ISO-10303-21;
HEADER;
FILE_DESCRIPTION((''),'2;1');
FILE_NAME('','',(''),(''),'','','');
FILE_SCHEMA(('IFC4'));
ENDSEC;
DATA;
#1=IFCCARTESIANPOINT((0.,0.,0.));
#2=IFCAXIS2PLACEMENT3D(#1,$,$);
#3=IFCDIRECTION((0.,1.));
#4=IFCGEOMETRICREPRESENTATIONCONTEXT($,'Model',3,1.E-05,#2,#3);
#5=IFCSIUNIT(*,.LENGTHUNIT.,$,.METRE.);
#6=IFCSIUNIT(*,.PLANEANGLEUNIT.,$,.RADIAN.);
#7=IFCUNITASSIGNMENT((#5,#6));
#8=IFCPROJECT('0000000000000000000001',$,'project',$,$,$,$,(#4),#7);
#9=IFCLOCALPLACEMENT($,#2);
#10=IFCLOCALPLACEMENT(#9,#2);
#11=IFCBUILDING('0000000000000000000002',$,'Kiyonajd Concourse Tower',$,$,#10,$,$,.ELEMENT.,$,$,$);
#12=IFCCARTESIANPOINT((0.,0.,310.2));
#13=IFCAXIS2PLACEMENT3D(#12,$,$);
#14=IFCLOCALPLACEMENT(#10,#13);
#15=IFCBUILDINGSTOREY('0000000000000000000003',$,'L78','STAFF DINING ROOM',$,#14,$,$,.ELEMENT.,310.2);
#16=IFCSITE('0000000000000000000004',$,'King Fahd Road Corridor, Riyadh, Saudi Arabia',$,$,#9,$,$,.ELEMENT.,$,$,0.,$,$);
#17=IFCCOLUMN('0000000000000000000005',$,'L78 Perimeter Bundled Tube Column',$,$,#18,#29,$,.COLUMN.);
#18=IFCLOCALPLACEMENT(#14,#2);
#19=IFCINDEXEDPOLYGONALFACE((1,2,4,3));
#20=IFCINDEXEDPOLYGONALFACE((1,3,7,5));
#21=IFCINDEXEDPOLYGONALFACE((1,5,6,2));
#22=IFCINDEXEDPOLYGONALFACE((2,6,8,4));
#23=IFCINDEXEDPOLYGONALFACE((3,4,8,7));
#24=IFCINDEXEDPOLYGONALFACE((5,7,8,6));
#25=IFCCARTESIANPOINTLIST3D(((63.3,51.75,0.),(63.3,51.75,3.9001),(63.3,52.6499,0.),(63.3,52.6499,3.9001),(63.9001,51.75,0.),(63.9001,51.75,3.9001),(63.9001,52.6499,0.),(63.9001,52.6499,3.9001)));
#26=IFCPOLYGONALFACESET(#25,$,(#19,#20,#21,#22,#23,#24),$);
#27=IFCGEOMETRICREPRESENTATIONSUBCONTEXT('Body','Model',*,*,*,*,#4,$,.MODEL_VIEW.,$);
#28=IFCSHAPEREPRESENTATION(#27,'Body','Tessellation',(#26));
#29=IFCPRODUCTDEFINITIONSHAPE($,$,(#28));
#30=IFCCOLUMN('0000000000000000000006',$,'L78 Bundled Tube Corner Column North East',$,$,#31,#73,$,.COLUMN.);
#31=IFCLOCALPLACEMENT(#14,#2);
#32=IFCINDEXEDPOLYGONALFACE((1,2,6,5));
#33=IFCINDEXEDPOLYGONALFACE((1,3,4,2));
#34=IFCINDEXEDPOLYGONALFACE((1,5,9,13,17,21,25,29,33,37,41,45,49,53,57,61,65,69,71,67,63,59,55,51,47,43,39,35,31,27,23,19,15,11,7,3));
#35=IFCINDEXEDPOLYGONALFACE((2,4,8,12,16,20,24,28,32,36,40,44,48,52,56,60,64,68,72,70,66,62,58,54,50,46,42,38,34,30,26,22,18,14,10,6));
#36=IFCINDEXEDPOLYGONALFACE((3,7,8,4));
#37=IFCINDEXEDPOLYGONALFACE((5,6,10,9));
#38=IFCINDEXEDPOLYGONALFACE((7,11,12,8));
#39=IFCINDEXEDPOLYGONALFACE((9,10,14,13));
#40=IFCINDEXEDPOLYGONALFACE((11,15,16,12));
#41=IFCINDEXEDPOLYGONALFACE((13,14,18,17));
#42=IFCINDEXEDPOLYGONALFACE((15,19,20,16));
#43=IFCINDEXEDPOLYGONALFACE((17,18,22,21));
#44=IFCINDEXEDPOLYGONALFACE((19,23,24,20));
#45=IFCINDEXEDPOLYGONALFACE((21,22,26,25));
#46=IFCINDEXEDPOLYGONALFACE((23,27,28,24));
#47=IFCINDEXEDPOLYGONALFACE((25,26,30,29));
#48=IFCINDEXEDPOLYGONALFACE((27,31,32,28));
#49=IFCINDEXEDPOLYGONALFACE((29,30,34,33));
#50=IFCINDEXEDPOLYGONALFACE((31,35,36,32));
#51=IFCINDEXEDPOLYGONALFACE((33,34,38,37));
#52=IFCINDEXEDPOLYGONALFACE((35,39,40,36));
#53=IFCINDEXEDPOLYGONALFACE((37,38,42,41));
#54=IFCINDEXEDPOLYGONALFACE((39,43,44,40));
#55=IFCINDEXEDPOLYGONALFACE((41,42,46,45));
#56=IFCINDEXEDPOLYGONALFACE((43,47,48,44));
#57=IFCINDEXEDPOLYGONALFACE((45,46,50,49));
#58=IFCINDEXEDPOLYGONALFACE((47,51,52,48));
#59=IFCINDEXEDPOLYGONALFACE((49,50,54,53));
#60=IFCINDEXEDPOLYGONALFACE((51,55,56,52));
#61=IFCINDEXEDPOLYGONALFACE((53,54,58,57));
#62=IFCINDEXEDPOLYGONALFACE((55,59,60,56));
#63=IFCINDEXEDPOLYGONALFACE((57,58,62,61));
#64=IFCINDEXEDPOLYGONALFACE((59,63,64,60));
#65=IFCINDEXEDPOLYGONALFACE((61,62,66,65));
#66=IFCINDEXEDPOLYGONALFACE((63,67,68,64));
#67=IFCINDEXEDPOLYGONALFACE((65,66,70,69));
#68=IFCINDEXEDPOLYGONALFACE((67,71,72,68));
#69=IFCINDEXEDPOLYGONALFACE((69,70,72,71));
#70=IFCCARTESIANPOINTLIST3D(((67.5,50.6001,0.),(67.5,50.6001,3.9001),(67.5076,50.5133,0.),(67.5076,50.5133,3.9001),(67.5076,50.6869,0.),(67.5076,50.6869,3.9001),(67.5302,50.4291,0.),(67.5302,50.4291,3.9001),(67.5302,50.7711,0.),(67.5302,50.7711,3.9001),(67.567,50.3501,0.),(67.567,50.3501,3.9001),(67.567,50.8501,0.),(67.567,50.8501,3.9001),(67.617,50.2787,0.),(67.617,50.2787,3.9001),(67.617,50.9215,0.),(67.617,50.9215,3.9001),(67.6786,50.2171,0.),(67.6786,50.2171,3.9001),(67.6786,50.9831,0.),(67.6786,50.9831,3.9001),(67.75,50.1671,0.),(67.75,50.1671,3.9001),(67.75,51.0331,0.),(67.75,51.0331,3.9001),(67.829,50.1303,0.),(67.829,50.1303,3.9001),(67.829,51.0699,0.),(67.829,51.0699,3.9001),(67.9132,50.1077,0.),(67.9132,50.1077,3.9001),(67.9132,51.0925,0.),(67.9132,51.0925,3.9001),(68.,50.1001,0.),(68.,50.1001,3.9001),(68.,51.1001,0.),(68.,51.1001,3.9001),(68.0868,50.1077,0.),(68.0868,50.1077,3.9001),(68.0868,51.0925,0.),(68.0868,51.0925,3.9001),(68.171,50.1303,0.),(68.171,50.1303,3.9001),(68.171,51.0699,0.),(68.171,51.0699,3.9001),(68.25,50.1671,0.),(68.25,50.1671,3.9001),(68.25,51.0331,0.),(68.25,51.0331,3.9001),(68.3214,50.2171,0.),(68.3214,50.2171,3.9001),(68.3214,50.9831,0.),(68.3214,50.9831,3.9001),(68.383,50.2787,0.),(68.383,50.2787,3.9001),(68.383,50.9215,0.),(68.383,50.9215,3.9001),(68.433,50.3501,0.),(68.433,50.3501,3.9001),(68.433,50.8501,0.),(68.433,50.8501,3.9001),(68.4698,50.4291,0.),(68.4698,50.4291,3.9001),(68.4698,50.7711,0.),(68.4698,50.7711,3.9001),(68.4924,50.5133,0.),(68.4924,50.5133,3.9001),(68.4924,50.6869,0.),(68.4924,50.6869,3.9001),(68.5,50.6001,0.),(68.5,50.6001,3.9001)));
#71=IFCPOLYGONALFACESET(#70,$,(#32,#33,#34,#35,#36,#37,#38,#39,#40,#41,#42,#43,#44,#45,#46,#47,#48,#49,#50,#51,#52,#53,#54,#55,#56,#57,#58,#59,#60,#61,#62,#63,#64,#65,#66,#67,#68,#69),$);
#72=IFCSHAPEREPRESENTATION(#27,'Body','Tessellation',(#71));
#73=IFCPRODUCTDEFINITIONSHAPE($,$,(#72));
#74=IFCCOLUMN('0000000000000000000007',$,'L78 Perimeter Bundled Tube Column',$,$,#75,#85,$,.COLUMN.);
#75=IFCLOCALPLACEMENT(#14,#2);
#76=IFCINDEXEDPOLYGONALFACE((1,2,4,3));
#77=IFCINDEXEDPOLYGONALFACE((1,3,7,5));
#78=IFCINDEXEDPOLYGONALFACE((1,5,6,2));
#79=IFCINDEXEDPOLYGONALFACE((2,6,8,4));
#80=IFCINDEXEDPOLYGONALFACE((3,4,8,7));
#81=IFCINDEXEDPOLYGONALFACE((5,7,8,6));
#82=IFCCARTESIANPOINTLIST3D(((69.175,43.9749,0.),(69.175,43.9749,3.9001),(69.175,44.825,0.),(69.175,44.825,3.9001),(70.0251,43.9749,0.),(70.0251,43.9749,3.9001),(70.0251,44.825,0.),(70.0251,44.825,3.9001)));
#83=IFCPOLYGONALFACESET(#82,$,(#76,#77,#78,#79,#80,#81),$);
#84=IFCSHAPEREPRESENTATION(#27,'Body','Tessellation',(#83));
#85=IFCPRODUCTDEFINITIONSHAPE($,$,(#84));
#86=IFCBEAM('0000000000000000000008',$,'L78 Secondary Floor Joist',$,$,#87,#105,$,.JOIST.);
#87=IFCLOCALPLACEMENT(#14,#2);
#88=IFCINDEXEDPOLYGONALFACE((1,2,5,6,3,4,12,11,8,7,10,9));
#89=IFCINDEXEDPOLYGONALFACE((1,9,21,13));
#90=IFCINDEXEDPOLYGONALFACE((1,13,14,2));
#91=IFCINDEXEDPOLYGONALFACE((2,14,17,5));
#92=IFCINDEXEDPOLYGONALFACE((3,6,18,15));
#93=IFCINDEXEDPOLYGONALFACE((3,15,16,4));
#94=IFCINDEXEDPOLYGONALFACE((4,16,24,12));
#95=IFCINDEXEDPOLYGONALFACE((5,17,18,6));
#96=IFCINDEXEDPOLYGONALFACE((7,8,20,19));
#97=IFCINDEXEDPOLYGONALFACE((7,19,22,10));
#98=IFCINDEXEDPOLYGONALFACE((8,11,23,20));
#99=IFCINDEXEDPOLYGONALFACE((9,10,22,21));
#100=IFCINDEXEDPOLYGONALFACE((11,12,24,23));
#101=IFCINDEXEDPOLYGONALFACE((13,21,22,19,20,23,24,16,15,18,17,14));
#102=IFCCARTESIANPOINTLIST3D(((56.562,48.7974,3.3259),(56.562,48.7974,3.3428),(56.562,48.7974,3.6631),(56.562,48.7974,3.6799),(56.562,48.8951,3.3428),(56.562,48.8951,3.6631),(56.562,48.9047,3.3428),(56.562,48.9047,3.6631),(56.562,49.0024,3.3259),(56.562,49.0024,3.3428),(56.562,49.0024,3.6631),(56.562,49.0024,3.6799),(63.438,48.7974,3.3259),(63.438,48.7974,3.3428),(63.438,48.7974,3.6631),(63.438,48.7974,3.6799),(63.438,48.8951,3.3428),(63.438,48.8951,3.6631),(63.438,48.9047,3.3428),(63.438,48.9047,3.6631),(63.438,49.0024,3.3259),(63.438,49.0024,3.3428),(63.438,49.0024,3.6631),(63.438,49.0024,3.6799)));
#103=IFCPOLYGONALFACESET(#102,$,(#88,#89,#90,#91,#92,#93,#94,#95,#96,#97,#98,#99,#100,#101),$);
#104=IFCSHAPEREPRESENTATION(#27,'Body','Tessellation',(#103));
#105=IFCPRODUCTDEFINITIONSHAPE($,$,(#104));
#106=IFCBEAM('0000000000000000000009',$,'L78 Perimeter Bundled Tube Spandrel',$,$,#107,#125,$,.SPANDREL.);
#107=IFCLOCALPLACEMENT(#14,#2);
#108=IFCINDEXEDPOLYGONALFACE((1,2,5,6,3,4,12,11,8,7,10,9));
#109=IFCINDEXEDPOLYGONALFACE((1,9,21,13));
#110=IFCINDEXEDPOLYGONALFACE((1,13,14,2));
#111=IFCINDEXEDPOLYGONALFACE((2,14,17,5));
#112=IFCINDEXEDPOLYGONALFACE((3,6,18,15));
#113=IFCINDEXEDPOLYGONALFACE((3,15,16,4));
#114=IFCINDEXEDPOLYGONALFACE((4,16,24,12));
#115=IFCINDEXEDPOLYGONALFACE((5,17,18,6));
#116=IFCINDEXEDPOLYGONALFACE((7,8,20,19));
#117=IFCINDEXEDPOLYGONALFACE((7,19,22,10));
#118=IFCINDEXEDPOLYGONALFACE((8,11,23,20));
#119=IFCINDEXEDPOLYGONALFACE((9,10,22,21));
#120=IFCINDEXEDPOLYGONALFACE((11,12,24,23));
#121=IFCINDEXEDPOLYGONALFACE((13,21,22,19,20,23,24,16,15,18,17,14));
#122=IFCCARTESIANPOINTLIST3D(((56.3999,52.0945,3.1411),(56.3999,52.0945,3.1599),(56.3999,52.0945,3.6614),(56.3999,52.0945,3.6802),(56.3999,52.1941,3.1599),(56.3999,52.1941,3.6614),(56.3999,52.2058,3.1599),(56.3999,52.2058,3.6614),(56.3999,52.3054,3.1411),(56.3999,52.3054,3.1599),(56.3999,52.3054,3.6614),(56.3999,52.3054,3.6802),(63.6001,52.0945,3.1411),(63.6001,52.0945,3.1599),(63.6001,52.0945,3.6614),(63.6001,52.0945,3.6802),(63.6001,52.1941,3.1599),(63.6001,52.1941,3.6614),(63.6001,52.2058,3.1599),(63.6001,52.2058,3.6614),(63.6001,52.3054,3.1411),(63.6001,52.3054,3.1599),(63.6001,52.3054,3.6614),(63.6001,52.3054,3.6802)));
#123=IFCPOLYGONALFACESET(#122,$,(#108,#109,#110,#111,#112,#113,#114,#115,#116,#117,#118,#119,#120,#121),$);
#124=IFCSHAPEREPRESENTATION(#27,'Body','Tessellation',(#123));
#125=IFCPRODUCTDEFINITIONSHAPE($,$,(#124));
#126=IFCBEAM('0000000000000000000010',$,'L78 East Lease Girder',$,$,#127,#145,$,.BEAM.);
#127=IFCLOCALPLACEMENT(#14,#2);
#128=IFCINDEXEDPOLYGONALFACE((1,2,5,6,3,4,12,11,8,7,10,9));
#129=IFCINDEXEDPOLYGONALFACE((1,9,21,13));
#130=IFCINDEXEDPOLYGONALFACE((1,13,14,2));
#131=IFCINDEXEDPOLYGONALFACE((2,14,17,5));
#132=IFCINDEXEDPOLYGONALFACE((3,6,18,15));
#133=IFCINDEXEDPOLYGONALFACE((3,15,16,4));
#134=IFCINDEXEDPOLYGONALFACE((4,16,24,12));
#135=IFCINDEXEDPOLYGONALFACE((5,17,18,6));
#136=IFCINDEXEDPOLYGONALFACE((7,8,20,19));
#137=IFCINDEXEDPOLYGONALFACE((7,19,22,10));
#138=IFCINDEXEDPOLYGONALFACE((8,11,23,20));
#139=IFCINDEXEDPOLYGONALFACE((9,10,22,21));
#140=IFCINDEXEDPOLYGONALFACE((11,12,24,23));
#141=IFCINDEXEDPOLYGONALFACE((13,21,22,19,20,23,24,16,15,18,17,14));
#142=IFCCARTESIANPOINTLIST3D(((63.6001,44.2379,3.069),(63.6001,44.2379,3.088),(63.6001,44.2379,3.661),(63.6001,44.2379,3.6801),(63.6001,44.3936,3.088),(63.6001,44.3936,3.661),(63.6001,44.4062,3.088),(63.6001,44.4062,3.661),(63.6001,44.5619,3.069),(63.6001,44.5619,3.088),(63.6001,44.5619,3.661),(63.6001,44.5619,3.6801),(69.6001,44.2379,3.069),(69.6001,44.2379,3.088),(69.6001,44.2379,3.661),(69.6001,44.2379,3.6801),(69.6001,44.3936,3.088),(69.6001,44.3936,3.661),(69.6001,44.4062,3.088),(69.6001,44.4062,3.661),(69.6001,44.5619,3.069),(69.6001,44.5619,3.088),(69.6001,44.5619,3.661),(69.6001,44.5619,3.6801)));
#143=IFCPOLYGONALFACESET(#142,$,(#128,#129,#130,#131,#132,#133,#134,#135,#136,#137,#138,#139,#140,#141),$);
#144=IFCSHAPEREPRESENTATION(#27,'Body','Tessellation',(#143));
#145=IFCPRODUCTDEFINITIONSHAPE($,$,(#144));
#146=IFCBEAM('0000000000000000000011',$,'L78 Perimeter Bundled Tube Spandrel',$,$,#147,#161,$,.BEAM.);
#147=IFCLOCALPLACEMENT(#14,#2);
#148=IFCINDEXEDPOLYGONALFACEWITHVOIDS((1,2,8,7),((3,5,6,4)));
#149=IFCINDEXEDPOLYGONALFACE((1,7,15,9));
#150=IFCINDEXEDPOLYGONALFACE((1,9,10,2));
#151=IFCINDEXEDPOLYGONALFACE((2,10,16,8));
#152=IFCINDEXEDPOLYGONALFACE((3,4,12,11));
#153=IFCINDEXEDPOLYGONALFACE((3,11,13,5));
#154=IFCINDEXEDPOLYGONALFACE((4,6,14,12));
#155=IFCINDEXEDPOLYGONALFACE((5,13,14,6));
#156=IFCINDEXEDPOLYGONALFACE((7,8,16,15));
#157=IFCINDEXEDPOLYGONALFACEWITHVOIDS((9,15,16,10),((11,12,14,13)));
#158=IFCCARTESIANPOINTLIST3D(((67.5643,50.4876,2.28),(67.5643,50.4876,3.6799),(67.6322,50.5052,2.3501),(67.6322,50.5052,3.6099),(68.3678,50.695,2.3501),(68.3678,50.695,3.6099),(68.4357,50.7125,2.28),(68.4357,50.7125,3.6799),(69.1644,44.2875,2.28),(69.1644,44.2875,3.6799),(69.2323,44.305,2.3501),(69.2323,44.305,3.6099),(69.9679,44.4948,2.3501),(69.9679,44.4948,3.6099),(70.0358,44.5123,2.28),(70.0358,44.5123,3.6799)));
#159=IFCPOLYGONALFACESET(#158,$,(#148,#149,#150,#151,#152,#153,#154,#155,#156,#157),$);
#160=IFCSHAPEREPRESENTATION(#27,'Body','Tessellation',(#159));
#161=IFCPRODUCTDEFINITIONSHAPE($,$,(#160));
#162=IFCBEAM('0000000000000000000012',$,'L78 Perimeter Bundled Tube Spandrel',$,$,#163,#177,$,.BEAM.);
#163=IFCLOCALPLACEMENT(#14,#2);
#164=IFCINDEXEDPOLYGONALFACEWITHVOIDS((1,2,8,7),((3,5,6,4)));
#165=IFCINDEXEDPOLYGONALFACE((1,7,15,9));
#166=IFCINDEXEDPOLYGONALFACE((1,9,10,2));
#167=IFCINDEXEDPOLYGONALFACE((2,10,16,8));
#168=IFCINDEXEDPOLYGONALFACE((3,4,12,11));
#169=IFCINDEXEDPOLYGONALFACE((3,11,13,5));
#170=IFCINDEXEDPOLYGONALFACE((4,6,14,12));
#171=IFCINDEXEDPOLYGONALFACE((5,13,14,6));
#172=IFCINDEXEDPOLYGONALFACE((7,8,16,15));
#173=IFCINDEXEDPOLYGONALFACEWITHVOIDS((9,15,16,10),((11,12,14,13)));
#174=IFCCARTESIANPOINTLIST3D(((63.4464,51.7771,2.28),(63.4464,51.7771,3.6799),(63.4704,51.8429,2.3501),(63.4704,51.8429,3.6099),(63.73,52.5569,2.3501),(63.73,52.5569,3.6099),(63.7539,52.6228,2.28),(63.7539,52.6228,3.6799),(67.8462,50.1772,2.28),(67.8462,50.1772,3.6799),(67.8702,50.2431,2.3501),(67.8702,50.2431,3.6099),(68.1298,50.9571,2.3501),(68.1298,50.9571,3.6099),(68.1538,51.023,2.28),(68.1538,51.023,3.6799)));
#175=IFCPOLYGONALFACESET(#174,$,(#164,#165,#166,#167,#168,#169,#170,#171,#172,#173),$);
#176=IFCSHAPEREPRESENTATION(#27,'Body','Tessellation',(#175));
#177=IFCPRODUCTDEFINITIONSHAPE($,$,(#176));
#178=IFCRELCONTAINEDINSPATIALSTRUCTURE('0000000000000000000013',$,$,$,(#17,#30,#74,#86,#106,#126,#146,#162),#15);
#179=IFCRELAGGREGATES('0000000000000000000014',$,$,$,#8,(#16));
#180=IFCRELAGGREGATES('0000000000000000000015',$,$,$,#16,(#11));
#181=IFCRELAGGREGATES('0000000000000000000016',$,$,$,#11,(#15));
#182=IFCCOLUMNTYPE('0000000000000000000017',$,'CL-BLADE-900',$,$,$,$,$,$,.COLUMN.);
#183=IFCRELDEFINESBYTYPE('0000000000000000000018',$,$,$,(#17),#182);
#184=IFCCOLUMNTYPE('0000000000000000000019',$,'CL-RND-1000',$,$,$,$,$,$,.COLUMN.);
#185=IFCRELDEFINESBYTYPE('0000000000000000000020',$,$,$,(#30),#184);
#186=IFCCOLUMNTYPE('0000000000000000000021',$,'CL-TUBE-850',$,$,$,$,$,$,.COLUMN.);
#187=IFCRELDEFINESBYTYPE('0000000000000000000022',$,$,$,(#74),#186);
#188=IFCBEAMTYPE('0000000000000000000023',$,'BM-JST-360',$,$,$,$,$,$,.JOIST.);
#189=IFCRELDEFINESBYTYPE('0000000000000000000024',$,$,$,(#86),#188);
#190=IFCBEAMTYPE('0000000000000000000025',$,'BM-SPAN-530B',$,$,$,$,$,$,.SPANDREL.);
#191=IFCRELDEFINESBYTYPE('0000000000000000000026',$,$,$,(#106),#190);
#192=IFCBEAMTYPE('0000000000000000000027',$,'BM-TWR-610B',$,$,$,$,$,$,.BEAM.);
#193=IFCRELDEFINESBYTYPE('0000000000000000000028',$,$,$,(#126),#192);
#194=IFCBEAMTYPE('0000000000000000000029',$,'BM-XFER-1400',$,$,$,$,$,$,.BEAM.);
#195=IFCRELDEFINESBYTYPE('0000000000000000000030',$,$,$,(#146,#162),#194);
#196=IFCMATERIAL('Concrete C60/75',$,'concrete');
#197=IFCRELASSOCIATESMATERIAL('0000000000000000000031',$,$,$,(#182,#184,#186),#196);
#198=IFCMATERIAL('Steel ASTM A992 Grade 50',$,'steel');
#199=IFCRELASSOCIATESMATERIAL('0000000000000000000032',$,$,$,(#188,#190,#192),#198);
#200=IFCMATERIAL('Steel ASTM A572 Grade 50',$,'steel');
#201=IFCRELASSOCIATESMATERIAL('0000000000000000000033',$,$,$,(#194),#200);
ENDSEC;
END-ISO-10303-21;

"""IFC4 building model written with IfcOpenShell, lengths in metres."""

from ifc_helpers import new_model, si_unit, direction, frame, origin, origin_2d, place, context, subcontext, project, spatial, rectangle, hollow_rectangle, circle, i_section, extrude, material, material_profile, profile_set, type_object, element, save


model = new_model("IFC4")

# Units and contexts
model_context = context("Model", 3, precision=1e-05, world=origin(), true_north=direction((0.0, 1.0)))
body_context = subcontext(model_context, "Body", "Model", "MODEL_VIEW")
ifc_project = project(units=[si_unit("LENGTHUNIT", "METRE"), si_unit("PLANEANGLEUNIT", "RADIAN")], contexts=[model_context])

# Site, building, storey
site_placement = place(None, origin())
site = spatial("IfcSite", under=ifc_project, at=site_placement, Name="King Fahd Road Corridor, Riyadh, Saudi Arabia", CompositionType="ELEMENT", RefElevation=0.0)
building_placement = place(site_placement, origin())
building = spatial("IfcBuilding", under=site, at=building_placement, Name="Kiyonajd Concourse Tower", CompositionType="ELEMENT")
storey_placement = place(building_placement, frame((0.0, 0.0, 310.2)))
storey = spatial("IfcBuildingStorey", under=building, at=storey_placement, Name="L78", Description="STAFF DINING ROOM", CompositionType="ELEMENT", Elevation=310.2)

# Columns
ifc_material_1 = material(Name="Concrete C60/75", Category="concrete")
ifc_material_profile_1 = material_profile(ifc_material_1, rectangle(XDim=0.6001, YDim=0.8999, at=origin_2d()), Name="RC-900x600")
ifc_profile_set_1 = profile_set([ifc_material_profile_1], Name="Concrete C60/75")
column_type_1 = type_object("IfcColumnType", Name="CL-BLADE-900", PredefinedType="COLUMN", material=ifc_profile_set_1)
column_1_placement = place(storey_placement, frame((63.6001, 52.2, 0.0), z_axis=(0.0, 0.0, 1.0), x_axis=(1.0, 0.0, 0.0)))
element("IfcColumn", 1, at=column_1_placement, inside=storey, type_object=column_type_1, Name="L78 Perimeter Bundled Tube Column", PredefinedType="COLUMN", context=body_context, shape_type="SweptSolid", body=[
    extrude(rectangle(XDim=0.6001, YDim=0.8999, at=origin_2d()), origin(), (0.0, 0.0, 1.0), 3.9001),
])
ifc_material_profile_2 = material_profile(ifc_material_1, circle(Radius=0.5, at=origin_2d()), Name="RCC-D1000")
ifc_profile_set_2 = profile_set([ifc_material_profile_2], Name="Concrete C60/75")
column_type_2 = type_object("IfcColumnType", Name="CL-RND-1000", PredefinedType="COLUMN", material=ifc_profile_set_2)
column_2_placement = place(storey_placement, frame((68.0, 50.6001, 0.0), z_axis=(0.0, 0.0, 1.0), x_axis=(1.0, 0.0, 0.0)))
element("IfcColumn", 2, at=column_2_placement, inside=storey, type_object=column_type_2, Name="L78 Bundled Tube Corner Column North East", PredefinedType="COLUMN", context=body_context, shape_type="SweptSolid", body=[
    extrude(circle(Radius=0.5, at=origin_2d()), origin(), (0.0, 0.0, 1.0), 3.9001),
])
ifc_material_profile_3 = material_profile(ifc_material_1, rectangle(XDim=0.8501, YDim=0.8501, at=origin_2d()), Name="RC-850x850")
ifc_profile_set_3 = profile_set([ifc_material_profile_3], Name="Concrete C60/75")
column_type_3 = type_object("IfcColumnType", Name="CL-TUBE-850", PredefinedType="COLUMN", material=ifc_profile_set_3)
column_3_placement = place(storey_placement, frame((69.6001, 44.3999, 0.0), z_axis=(0.0, 0.0, 1.0), x_axis=(1.0, 0.0, 0.0)))
element("IfcColumn", 3, at=column_3_placement, inside=storey, type_object=column_type_3, Name="L78 Perimeter Bundled Tube Column", PredefinedType="COLUMN", context=body_context, shape_type="SweptSolid", body=[
    extrude(rectangle(XDim=0.8501, YDim=0.8501, at=origin_2d()), origin(), (0.0, 0.0, 1.0), 3.9001),
])

# Beams
ifc_material_2 = material(Name="Steel ASTM A992 Grade 50", Category="steel")
ifc_material_profile_4 = material_profile(ifc_material_2, i_section(OverallWidth=0.2051, OverallDepth=0.354, WebThickness=0.0095, FlangeThickness=0.0168, at=origin_2d()), Name="W360X79")
ifc_profile_set_4 = profile_set([ifc_material_profile_4], Name="Steel ASTM A992 Grade 50")
beam_type_1 = type_object("IfcBeamType", Name="BM-JST-360", PredefinedType="JOIST", material=ifc_profile_set_4)
beam_1_placement = place(storey_placement, frame((56.562, 48.8999, 3.5029), z_axis=(1.0, 0.0, 0.0), x_axis=(0.0, 1.0, 0.0)))
element("IfcBeam", 4, at=beam_1_placement, inside=storey, type_object=beam_type_1, Name="L78 Secondary Floor Joist", PredefinedType="JOIST", context=body_context, shape_type="SweptSolid", body=[
    extrude(i_section(OverallWidth=0.2051, OverallDepth=0.354, WebThickness=0.0095, FlangeThickness=0.0168, at=origin_2d()), origin(), (0.0, 0.0, 1.0), 6.876),
])
ifc_material_profile_5 = material_profile(ifc_material_2, i_section(OverallWidth=0.2109, OverallDepth=0.5391, WebThickness=0.0117, FlangeThickness=0.0188, at=origin_2d()), Name="W530X109")
ifc_profile_set_5 = profile_set([ifc_material_profile_5], Name="Steel ASTM A992 Grade 50")
beam_type_2 = type_object("IfcBeamType", Name="BM-SPAN-530B", PredefinedType="SPANDREL", material=ifc_profile_set_5)
beam_2_placement = place(storey_placement, frame((63.6001, 52.2, 3.4106), z_axis=(-1.0, 0.0, 0.0), x_axis=(0.0, -1.0, 0.0)))
element("IfcBeam", 5, at=beam_2_placement, inside=storey, type_object=beam_type_2, Name="L78 Perimeter Bundled Tube Spandrel", PredefinedType="SPANDREL", context=body_context, shape_type="SweptSolid", body=[
    extrude(i_section(OverallWidth=0.2109, OverallDepth=0.5391, WebThickness=0.0117, FlangeThickness=0.0188, at=origin_2d()), origin(), (0.0, 0.0, 1.0), 7.2002),
])
ifc_material_profile_6 = material_profile(ifc_material_2, i_section(OverallWidth=0.324, OverallDepth=0.6111, WebThickness=0.0127, FlangeThickness=0.019, at=origin_2d()), Name="W610X155")
ifc_profile_set_6 = profile_set([ifc_material_profile_6], Name="Steel ASTM A992 Grade 50")
beam_type_3 = type_object("IfcBeamType", Name="BM-TWR-610B", PredefinedType="BEAM", material=ifc_profile_set_6)
beam_3_placement = place(storey_placement, frame((63.6001, 44.3999, 3.3745), z_axis=(1.0, 0.0, 0.0), x_axis=(0.0, 1.0, 0.0)))
element("IfcBeam", 6, at=beam_3_placement, inside=storey, type_object=beam_type_3, Name="L78 East Lease Girder", PredefinedType="BEAM", context=body_context, shape_type="SweptSolid", body=[
    extrude(i_section(OverallWidth=0.324, OverallDepth=0.6111, WebThickness=0.0127, FlangeThickness=0.019, at=origin_2d()), origin(), (0.0, 0.0, 1.0), 6.0),
])
ifc_material_3 = material(Name="Steel ASTM A572 Grade 50", Category="steel")
ifc_material_profile_7 = material_profile(ifc_material_3, hollow_rectangle(XDim=0.8999, YDim=1.3999, WallThickness=0.0701, at=origin_2d()), Name="BOX-1400x900x70")
ifc_profile_set_7 = profile_set([ifc_material_profile_7], Name="Steel ASTM A572 Grade 50")
beam_type_4 = type_object("IfcBeamType", Name="BM-XFER-1400", PredefinedType="BEAM", material=ifc_profile_set_7)
beam_4_placement = place(storey_placement, frame((69.6001, 44.3999, 2.98), z_axis=(-0.249885, 0.968276, 0.0), x_axis=(-0.968276, -0.249885, 0.0)))
element("IfcBeam", 7, at=beam_4_placement, inside=storey, type_object=beam_type_4, Name="L78 Perimeter Bundled Tube Spandrel", PredefinedType="BEAM", context=body_context, shape_type="SweptSolid", body=[
    extrude(hollow_rectangle(XDim=0.8999, YDim=1.3999, WallThickness=0.0701, at=origin_2d()), origin(), (0.0, 0.0, 1.0), 6.4033),
])
beam_5_placement = place(storey_placement, frame((68.0, 50.6001, 2.98), z_axis=(-0.939801, 0.341722, 0.0), x_axis=(-0.341722, -0.939801, 0.0)))
element("IfcBeam", 8, at=beam_5_placement, inside=storey, type_object=beam_type_4, Name="L78 Perimeter Bundled Tube Spandrel", PredefinedType="BEAM", context=body_context, shape_type="SweptSolid", body=[
    extrude(hollow_rectangle(XDim=0.8999, YDim=1.3999, WallThickness=0.0701, at=origin_2d()), origin(), (0.0, 0.0, 1.0), 4.6816),
])

save(model, "model.ifc")
